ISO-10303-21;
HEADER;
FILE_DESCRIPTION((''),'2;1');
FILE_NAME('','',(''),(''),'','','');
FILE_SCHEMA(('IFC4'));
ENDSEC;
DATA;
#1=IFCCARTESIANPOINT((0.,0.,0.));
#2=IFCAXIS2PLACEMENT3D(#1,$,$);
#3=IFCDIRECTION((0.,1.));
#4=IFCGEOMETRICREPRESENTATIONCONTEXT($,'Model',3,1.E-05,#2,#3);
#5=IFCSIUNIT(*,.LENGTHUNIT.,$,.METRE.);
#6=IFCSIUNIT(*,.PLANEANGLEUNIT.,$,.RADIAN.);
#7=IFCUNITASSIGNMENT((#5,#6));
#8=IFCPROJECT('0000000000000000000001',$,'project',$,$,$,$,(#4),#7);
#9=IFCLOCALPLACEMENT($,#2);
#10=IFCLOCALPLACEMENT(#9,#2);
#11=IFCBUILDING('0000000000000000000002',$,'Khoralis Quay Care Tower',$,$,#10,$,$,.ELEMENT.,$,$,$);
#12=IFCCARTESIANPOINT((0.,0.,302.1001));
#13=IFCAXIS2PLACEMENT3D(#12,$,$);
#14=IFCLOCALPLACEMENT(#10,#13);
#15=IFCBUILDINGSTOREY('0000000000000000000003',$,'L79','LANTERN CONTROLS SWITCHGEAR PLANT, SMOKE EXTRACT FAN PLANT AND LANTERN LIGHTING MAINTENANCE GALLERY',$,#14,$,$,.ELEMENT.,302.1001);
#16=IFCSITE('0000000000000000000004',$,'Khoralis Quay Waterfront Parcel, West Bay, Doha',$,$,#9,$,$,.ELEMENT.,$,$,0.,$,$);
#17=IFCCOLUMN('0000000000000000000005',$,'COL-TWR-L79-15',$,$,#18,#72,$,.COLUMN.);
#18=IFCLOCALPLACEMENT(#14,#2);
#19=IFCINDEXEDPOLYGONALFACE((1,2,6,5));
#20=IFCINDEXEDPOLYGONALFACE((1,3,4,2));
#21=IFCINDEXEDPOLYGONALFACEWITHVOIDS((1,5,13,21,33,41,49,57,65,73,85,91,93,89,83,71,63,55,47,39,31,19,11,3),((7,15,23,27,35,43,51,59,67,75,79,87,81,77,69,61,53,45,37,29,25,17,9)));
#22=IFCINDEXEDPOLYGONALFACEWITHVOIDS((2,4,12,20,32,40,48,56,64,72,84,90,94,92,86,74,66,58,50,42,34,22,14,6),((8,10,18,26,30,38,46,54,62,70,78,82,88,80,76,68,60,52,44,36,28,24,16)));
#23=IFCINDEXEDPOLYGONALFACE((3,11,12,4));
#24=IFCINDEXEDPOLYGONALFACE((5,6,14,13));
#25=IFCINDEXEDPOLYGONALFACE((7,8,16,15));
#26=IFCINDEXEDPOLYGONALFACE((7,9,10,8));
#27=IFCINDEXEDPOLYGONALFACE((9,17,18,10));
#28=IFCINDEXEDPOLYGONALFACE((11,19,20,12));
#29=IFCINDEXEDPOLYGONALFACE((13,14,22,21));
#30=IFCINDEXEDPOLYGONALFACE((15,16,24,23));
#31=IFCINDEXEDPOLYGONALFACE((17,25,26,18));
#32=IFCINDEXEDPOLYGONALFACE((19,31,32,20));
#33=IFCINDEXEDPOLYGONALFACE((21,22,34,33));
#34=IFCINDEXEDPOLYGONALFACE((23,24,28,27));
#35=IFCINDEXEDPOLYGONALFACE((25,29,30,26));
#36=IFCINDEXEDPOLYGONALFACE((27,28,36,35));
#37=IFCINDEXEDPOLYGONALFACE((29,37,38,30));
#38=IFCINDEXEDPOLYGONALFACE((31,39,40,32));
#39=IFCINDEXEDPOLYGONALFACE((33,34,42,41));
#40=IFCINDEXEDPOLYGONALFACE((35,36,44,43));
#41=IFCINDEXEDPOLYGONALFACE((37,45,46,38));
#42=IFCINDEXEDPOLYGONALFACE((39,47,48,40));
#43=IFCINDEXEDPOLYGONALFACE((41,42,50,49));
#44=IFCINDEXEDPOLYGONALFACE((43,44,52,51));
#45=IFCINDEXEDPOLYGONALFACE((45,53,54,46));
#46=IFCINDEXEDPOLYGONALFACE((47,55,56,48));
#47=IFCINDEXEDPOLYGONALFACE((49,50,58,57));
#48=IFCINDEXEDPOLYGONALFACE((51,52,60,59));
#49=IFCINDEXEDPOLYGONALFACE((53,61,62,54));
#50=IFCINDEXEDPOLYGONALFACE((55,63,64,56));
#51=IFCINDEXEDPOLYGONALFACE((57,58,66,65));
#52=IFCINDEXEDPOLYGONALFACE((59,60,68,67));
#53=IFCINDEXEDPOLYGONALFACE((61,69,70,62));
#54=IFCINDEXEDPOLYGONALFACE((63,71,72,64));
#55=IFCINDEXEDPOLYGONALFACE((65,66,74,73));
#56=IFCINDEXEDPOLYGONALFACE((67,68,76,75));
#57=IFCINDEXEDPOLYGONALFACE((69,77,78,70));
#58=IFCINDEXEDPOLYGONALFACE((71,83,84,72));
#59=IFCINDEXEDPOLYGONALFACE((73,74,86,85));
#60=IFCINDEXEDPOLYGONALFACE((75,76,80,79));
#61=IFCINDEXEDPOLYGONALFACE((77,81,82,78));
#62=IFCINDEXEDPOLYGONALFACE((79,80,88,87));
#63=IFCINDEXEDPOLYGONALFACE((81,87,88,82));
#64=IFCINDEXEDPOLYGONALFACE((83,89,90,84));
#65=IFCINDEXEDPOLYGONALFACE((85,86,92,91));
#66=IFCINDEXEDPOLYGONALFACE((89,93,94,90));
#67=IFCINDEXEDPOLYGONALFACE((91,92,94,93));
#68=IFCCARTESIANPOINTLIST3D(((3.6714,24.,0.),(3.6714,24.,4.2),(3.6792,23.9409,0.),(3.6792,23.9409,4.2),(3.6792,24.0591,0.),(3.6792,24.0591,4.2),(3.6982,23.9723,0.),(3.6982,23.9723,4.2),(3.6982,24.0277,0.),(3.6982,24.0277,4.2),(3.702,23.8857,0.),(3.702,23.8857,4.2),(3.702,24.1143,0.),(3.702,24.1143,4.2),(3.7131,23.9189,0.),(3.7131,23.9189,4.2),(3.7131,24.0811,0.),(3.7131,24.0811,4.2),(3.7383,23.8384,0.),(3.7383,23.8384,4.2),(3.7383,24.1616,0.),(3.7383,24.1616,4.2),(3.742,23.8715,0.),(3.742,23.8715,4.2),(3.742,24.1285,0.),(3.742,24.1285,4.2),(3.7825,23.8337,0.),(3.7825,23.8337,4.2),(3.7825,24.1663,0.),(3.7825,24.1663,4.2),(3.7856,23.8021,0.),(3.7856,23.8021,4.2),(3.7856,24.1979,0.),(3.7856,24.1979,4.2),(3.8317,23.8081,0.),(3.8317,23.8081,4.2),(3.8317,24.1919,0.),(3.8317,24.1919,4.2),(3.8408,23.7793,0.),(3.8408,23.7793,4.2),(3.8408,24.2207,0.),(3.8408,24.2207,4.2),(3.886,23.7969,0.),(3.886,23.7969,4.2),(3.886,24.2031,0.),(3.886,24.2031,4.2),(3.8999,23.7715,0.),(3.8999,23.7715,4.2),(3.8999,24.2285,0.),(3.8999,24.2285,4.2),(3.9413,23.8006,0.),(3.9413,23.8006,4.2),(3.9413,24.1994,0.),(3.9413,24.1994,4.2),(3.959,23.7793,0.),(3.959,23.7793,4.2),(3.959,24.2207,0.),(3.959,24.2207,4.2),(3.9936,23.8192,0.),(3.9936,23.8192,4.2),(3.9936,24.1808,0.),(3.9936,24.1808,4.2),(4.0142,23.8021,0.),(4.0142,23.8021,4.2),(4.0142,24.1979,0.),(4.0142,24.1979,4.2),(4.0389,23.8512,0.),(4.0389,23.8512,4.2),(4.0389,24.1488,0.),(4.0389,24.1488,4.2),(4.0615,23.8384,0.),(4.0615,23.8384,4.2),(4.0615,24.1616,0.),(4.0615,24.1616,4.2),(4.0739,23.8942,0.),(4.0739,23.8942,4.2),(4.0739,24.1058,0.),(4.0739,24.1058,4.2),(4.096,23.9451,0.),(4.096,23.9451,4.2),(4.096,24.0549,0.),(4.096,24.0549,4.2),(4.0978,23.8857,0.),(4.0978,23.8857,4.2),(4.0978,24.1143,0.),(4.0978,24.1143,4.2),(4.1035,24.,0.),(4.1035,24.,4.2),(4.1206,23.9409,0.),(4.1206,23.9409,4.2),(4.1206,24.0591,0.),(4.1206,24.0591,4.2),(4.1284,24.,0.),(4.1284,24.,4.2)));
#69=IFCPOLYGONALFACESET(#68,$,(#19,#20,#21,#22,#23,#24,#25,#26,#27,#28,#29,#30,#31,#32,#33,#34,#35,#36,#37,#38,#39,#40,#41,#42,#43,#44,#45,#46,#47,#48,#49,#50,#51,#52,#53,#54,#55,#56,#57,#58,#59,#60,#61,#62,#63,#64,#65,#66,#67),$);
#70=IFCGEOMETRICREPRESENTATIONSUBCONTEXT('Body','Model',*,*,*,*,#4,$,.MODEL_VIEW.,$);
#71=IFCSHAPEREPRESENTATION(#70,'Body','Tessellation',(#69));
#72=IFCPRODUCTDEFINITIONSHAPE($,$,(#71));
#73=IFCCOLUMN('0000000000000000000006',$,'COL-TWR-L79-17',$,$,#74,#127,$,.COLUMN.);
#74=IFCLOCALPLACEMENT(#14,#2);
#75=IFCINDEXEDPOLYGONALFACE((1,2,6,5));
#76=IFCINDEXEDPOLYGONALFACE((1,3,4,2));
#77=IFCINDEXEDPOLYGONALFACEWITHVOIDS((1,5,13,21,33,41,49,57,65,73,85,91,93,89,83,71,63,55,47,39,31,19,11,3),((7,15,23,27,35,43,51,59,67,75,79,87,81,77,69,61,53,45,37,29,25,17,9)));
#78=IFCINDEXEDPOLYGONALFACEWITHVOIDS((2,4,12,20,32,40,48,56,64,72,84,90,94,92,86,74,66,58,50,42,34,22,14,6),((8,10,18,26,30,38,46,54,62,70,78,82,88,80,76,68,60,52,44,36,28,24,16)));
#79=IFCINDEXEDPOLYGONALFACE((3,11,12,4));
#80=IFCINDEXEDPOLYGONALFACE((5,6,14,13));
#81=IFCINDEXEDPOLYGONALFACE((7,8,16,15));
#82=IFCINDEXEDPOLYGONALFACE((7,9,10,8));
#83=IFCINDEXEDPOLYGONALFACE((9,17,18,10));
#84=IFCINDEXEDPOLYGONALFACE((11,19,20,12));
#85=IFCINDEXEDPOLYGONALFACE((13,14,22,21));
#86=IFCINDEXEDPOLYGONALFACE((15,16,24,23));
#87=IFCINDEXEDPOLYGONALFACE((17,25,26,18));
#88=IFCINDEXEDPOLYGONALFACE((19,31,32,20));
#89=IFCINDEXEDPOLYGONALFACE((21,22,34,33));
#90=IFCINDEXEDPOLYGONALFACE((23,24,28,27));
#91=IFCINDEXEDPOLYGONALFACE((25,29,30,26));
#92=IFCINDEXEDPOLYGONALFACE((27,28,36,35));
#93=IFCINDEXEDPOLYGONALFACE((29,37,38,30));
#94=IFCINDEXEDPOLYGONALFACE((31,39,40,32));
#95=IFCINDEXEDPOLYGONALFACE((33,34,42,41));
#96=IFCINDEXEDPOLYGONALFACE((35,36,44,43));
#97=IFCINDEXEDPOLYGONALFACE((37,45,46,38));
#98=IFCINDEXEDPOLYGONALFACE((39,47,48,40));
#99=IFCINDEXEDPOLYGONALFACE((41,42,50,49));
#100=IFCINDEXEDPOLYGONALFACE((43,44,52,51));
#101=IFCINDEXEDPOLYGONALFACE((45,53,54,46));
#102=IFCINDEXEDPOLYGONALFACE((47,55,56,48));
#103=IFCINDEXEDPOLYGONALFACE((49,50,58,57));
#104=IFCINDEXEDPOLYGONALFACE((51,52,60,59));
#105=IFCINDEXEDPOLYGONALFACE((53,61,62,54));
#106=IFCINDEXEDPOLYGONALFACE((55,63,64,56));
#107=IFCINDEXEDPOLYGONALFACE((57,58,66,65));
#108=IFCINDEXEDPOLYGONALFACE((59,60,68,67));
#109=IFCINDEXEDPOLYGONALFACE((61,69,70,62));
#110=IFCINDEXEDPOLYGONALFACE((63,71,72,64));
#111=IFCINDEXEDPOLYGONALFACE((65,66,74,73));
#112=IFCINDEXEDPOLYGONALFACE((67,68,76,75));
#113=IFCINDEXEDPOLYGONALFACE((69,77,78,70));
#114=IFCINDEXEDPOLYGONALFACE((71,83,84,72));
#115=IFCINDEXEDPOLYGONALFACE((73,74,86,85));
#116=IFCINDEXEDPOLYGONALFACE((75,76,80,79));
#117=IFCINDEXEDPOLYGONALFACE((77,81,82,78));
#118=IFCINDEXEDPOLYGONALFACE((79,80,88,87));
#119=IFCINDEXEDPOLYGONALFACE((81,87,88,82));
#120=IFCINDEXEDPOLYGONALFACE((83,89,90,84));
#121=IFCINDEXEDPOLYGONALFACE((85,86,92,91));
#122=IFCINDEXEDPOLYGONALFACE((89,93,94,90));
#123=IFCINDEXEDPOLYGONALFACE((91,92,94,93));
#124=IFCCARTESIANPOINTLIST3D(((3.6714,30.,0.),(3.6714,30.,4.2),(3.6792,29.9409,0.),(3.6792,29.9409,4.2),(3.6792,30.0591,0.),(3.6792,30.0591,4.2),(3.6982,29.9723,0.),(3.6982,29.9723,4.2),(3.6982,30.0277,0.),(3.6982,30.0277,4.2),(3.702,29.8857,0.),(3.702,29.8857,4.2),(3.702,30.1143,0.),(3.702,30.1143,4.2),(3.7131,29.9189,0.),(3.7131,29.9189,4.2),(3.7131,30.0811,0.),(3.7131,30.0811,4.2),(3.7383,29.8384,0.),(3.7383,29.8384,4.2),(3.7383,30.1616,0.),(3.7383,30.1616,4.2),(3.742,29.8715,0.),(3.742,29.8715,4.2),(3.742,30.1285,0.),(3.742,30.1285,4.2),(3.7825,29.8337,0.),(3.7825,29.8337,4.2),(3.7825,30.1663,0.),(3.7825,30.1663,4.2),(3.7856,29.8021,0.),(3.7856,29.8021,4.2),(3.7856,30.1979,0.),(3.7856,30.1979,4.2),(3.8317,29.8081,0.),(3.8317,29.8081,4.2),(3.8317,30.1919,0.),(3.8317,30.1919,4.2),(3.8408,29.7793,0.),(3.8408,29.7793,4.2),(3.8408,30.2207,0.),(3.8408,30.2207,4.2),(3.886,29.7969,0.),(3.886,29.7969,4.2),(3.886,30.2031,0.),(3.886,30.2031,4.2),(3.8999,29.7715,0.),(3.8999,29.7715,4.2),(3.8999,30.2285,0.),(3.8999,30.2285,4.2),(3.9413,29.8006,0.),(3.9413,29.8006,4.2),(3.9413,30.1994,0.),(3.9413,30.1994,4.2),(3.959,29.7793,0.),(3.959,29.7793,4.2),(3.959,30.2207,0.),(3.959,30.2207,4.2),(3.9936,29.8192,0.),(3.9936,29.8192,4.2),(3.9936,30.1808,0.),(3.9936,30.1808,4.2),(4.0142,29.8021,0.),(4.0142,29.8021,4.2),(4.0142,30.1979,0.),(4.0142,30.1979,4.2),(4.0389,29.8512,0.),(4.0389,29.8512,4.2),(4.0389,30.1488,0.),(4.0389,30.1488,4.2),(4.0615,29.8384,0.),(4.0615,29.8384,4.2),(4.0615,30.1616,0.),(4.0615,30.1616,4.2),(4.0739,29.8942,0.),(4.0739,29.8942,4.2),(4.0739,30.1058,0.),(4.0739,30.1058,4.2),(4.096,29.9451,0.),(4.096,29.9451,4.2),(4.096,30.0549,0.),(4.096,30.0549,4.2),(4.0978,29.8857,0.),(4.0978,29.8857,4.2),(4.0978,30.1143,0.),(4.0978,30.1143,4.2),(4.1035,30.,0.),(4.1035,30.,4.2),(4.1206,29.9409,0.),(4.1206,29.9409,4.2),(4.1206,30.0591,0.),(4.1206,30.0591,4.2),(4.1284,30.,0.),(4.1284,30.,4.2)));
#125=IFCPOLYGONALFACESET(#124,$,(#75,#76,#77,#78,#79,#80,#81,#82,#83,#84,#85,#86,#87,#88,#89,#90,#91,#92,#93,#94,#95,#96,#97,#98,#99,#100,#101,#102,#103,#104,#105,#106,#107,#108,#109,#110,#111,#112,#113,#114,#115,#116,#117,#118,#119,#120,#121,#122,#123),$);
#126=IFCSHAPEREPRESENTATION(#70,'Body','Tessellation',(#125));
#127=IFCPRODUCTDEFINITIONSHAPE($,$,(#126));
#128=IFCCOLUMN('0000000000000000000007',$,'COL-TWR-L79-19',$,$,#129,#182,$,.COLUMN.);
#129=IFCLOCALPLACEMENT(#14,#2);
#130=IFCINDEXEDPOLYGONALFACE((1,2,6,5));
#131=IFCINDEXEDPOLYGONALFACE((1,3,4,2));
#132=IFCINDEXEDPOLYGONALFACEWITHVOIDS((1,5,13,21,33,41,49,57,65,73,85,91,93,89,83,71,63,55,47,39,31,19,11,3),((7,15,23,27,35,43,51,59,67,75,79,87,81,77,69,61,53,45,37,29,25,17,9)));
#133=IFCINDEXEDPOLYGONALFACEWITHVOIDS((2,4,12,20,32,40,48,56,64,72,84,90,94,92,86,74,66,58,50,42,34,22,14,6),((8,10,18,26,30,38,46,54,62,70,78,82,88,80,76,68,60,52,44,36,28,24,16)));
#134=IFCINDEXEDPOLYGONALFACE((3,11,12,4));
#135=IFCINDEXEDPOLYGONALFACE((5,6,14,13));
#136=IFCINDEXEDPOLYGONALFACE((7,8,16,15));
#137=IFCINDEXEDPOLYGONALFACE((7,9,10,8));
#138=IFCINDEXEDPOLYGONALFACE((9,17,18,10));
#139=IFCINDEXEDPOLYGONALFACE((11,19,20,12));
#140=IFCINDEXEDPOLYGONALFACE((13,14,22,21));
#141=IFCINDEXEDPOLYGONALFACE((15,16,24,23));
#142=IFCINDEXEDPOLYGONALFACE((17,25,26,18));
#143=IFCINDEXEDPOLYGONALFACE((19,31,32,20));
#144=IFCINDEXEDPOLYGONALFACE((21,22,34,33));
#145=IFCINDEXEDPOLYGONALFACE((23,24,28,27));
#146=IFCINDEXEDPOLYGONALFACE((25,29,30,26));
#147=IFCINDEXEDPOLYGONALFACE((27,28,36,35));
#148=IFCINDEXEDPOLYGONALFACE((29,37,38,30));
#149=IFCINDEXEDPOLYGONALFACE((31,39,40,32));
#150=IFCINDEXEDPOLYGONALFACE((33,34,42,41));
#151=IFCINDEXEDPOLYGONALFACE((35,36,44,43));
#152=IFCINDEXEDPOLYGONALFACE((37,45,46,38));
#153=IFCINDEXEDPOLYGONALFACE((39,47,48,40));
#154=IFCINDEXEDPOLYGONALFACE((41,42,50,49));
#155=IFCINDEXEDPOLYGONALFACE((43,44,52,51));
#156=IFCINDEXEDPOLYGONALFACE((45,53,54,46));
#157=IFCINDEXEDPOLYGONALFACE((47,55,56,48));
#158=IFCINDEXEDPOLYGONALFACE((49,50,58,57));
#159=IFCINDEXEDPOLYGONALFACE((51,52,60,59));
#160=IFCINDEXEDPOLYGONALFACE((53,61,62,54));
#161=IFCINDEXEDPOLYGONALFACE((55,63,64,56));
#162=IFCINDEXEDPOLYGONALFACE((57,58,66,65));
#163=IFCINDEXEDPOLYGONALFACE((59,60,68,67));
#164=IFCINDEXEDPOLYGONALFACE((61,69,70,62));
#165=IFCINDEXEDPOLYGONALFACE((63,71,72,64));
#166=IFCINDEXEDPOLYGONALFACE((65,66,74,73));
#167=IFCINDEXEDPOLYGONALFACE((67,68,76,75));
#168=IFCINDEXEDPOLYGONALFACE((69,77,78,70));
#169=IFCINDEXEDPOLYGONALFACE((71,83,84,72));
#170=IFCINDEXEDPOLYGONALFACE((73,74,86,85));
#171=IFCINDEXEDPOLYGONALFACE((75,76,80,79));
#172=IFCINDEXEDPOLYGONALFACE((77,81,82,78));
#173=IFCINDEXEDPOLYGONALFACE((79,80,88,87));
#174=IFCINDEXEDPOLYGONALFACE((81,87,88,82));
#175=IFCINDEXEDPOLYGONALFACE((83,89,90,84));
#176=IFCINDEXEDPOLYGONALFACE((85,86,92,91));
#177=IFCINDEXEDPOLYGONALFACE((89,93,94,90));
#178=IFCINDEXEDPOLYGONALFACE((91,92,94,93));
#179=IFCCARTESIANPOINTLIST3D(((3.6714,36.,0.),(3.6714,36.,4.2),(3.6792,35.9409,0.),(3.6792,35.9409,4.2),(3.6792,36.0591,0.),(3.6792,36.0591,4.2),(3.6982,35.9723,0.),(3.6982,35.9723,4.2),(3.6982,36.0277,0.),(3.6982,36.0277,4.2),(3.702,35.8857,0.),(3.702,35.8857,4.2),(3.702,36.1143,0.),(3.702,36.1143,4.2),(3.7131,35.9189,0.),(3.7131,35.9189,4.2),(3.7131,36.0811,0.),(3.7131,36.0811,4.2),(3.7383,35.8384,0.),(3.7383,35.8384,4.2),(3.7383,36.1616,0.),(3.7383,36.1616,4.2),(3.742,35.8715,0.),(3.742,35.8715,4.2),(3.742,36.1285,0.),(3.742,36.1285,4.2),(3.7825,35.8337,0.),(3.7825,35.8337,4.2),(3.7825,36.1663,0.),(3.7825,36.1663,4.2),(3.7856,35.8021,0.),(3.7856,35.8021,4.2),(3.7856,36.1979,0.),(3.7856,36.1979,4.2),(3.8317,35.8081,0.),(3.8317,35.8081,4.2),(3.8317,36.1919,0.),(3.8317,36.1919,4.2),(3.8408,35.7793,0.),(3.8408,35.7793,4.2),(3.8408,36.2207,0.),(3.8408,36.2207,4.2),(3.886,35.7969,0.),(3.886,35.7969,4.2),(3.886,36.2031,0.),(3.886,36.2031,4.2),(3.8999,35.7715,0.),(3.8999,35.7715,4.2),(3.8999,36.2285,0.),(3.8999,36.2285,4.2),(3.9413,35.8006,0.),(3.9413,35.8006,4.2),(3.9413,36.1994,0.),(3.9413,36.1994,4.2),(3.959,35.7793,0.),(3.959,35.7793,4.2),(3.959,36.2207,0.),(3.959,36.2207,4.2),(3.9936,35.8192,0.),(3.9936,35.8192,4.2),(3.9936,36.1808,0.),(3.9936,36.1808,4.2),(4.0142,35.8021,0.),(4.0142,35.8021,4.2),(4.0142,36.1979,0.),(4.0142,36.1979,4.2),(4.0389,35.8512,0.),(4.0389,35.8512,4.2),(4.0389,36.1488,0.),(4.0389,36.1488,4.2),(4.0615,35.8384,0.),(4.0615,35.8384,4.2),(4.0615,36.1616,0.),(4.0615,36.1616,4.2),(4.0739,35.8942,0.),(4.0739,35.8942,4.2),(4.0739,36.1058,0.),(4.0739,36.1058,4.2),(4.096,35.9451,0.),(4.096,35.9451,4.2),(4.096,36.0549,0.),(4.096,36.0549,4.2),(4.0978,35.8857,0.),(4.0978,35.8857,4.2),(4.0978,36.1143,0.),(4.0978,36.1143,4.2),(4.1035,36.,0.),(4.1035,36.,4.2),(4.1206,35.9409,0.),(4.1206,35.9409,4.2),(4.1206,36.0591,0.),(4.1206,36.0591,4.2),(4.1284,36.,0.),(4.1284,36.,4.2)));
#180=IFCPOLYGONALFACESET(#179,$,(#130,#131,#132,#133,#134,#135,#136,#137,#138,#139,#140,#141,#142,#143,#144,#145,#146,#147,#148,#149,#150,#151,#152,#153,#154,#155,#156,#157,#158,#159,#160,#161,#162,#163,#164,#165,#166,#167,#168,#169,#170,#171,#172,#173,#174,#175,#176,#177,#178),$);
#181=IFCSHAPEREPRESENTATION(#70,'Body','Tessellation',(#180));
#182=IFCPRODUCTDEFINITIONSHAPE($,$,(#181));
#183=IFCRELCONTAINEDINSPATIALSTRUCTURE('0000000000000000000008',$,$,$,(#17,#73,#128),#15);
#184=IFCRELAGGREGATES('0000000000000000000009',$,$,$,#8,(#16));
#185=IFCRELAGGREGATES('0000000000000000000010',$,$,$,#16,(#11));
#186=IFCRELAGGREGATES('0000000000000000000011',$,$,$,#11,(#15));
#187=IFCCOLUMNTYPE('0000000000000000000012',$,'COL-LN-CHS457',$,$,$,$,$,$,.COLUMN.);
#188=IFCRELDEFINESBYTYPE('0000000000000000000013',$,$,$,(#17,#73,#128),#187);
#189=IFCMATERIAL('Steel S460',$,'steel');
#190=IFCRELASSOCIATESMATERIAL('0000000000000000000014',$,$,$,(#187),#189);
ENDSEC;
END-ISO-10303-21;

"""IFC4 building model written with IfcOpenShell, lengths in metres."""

from ifc_helpers import new_model, si_unit, direction, frame, origin, origin_2d, place, context, subcontext, project, spatial, hollow_circle, extrude, source, transform, mapped, material, material_profile, profile_set, type_object, element, save


model = new_model("IFC4")

# Units and contexts
model_context = context("Model", 3, precision=1e-05, world=origin(), true_north=direction((0.0, 1.0)))
body_context = subcontext(model_context, "Body", "Model", "MODEL_VIEW")
ifc_project = project(units=[si_unit("LENGTHUNIT", "METRE"), si_unit("PLANEANGLEUNIT", "RADIAN")], contexts=[model_context])

# Site, building, storey
site_placement = place(None, origin())
site = spatial("IfcSite", under=ifc_project, at=site_placement, Name="Khoralis Quay Waterfront Parcel, West Bay, Doha", CompositionType="ELEMENT", RefElevation=0.0)
building_placement = place(site_placement, origin())
building = spatial("IfcBuilding", under=site, at=building_placement, Name="Khoralis Quay Care Tower", CompositionType="ELEMENT")
storey_placement = place(building_placement, frame((0.0, 0.0, 302.1001)))
storey = spatial("IfcBuildingStorey", under=building, at=storey_placement, Name="L79", Description="LANTERN CONTROLS SWITCHGEAR PLANT, SMOKE EXTRACT FAN PLANT AND LANTERN LIGHTING MAINTENANCE GALLERY", CompositionType="ELEMENT", Elevation=302.1001)

# Columns
ifc_material_1 = material(Name="Steel S460", Category="steel")
ifc_material_profile_1 = material_profile(ifc_material_1, hollow_circle(Radius=0.2285, WallThickness=0.0249, at=origin_2d()), Name="Steel S460")
ifc_profile_set_1 = profile_set([ifc_material_profile_1], Name="Steel S460")
column_type = type_object("IfcColumnType", Name="COL-LN-CHS457", PredefinedType="COLUMN", material=ifc_profile_set_1)
shared_shape_1 = source(origin(), body_context, "Body", "SweptSolid", [
    extrude(hollow_circle(Radius=0.2285, WallThickness=0.0249, at=origin_2d()), origin(), (0.0, 0.0, 1.0), 4.2),
])
for number, where, z_axis, x_axis, name in (
    (1, (3.8999, 24.0, 0.0), (0.0, 0.0, 1.0), (1.0, 0.0, 0.0), "COL-TWR-L79-15"),
    (2, (3.8999, 30.0, 0.0), (0.0, 0.0, 1.0), (1.0, 0.0, 0.0), "COL-TWR-L79-17"),
    (3, (3.8999, 36.0, 0.0), (0.0, 0.0, 1.0), (1.0, 0.0, 0.0), "COL-TWR-L79-19"),
):
    element("IfcColumn", number, at=place(storey_placement, frame(where, z_axis=z_axis, x_axis=x_axis)), inside=storey, type_object=column_type, Name=name, PredefinedType="COLUMN", context=body_context, shape_type="MappedRepresentation", body=[
        mapped(shared_shape_1, transform((0.0, 0.0, 0.0), scale=1.0)),
    ])

save(model, "model.ifc")
